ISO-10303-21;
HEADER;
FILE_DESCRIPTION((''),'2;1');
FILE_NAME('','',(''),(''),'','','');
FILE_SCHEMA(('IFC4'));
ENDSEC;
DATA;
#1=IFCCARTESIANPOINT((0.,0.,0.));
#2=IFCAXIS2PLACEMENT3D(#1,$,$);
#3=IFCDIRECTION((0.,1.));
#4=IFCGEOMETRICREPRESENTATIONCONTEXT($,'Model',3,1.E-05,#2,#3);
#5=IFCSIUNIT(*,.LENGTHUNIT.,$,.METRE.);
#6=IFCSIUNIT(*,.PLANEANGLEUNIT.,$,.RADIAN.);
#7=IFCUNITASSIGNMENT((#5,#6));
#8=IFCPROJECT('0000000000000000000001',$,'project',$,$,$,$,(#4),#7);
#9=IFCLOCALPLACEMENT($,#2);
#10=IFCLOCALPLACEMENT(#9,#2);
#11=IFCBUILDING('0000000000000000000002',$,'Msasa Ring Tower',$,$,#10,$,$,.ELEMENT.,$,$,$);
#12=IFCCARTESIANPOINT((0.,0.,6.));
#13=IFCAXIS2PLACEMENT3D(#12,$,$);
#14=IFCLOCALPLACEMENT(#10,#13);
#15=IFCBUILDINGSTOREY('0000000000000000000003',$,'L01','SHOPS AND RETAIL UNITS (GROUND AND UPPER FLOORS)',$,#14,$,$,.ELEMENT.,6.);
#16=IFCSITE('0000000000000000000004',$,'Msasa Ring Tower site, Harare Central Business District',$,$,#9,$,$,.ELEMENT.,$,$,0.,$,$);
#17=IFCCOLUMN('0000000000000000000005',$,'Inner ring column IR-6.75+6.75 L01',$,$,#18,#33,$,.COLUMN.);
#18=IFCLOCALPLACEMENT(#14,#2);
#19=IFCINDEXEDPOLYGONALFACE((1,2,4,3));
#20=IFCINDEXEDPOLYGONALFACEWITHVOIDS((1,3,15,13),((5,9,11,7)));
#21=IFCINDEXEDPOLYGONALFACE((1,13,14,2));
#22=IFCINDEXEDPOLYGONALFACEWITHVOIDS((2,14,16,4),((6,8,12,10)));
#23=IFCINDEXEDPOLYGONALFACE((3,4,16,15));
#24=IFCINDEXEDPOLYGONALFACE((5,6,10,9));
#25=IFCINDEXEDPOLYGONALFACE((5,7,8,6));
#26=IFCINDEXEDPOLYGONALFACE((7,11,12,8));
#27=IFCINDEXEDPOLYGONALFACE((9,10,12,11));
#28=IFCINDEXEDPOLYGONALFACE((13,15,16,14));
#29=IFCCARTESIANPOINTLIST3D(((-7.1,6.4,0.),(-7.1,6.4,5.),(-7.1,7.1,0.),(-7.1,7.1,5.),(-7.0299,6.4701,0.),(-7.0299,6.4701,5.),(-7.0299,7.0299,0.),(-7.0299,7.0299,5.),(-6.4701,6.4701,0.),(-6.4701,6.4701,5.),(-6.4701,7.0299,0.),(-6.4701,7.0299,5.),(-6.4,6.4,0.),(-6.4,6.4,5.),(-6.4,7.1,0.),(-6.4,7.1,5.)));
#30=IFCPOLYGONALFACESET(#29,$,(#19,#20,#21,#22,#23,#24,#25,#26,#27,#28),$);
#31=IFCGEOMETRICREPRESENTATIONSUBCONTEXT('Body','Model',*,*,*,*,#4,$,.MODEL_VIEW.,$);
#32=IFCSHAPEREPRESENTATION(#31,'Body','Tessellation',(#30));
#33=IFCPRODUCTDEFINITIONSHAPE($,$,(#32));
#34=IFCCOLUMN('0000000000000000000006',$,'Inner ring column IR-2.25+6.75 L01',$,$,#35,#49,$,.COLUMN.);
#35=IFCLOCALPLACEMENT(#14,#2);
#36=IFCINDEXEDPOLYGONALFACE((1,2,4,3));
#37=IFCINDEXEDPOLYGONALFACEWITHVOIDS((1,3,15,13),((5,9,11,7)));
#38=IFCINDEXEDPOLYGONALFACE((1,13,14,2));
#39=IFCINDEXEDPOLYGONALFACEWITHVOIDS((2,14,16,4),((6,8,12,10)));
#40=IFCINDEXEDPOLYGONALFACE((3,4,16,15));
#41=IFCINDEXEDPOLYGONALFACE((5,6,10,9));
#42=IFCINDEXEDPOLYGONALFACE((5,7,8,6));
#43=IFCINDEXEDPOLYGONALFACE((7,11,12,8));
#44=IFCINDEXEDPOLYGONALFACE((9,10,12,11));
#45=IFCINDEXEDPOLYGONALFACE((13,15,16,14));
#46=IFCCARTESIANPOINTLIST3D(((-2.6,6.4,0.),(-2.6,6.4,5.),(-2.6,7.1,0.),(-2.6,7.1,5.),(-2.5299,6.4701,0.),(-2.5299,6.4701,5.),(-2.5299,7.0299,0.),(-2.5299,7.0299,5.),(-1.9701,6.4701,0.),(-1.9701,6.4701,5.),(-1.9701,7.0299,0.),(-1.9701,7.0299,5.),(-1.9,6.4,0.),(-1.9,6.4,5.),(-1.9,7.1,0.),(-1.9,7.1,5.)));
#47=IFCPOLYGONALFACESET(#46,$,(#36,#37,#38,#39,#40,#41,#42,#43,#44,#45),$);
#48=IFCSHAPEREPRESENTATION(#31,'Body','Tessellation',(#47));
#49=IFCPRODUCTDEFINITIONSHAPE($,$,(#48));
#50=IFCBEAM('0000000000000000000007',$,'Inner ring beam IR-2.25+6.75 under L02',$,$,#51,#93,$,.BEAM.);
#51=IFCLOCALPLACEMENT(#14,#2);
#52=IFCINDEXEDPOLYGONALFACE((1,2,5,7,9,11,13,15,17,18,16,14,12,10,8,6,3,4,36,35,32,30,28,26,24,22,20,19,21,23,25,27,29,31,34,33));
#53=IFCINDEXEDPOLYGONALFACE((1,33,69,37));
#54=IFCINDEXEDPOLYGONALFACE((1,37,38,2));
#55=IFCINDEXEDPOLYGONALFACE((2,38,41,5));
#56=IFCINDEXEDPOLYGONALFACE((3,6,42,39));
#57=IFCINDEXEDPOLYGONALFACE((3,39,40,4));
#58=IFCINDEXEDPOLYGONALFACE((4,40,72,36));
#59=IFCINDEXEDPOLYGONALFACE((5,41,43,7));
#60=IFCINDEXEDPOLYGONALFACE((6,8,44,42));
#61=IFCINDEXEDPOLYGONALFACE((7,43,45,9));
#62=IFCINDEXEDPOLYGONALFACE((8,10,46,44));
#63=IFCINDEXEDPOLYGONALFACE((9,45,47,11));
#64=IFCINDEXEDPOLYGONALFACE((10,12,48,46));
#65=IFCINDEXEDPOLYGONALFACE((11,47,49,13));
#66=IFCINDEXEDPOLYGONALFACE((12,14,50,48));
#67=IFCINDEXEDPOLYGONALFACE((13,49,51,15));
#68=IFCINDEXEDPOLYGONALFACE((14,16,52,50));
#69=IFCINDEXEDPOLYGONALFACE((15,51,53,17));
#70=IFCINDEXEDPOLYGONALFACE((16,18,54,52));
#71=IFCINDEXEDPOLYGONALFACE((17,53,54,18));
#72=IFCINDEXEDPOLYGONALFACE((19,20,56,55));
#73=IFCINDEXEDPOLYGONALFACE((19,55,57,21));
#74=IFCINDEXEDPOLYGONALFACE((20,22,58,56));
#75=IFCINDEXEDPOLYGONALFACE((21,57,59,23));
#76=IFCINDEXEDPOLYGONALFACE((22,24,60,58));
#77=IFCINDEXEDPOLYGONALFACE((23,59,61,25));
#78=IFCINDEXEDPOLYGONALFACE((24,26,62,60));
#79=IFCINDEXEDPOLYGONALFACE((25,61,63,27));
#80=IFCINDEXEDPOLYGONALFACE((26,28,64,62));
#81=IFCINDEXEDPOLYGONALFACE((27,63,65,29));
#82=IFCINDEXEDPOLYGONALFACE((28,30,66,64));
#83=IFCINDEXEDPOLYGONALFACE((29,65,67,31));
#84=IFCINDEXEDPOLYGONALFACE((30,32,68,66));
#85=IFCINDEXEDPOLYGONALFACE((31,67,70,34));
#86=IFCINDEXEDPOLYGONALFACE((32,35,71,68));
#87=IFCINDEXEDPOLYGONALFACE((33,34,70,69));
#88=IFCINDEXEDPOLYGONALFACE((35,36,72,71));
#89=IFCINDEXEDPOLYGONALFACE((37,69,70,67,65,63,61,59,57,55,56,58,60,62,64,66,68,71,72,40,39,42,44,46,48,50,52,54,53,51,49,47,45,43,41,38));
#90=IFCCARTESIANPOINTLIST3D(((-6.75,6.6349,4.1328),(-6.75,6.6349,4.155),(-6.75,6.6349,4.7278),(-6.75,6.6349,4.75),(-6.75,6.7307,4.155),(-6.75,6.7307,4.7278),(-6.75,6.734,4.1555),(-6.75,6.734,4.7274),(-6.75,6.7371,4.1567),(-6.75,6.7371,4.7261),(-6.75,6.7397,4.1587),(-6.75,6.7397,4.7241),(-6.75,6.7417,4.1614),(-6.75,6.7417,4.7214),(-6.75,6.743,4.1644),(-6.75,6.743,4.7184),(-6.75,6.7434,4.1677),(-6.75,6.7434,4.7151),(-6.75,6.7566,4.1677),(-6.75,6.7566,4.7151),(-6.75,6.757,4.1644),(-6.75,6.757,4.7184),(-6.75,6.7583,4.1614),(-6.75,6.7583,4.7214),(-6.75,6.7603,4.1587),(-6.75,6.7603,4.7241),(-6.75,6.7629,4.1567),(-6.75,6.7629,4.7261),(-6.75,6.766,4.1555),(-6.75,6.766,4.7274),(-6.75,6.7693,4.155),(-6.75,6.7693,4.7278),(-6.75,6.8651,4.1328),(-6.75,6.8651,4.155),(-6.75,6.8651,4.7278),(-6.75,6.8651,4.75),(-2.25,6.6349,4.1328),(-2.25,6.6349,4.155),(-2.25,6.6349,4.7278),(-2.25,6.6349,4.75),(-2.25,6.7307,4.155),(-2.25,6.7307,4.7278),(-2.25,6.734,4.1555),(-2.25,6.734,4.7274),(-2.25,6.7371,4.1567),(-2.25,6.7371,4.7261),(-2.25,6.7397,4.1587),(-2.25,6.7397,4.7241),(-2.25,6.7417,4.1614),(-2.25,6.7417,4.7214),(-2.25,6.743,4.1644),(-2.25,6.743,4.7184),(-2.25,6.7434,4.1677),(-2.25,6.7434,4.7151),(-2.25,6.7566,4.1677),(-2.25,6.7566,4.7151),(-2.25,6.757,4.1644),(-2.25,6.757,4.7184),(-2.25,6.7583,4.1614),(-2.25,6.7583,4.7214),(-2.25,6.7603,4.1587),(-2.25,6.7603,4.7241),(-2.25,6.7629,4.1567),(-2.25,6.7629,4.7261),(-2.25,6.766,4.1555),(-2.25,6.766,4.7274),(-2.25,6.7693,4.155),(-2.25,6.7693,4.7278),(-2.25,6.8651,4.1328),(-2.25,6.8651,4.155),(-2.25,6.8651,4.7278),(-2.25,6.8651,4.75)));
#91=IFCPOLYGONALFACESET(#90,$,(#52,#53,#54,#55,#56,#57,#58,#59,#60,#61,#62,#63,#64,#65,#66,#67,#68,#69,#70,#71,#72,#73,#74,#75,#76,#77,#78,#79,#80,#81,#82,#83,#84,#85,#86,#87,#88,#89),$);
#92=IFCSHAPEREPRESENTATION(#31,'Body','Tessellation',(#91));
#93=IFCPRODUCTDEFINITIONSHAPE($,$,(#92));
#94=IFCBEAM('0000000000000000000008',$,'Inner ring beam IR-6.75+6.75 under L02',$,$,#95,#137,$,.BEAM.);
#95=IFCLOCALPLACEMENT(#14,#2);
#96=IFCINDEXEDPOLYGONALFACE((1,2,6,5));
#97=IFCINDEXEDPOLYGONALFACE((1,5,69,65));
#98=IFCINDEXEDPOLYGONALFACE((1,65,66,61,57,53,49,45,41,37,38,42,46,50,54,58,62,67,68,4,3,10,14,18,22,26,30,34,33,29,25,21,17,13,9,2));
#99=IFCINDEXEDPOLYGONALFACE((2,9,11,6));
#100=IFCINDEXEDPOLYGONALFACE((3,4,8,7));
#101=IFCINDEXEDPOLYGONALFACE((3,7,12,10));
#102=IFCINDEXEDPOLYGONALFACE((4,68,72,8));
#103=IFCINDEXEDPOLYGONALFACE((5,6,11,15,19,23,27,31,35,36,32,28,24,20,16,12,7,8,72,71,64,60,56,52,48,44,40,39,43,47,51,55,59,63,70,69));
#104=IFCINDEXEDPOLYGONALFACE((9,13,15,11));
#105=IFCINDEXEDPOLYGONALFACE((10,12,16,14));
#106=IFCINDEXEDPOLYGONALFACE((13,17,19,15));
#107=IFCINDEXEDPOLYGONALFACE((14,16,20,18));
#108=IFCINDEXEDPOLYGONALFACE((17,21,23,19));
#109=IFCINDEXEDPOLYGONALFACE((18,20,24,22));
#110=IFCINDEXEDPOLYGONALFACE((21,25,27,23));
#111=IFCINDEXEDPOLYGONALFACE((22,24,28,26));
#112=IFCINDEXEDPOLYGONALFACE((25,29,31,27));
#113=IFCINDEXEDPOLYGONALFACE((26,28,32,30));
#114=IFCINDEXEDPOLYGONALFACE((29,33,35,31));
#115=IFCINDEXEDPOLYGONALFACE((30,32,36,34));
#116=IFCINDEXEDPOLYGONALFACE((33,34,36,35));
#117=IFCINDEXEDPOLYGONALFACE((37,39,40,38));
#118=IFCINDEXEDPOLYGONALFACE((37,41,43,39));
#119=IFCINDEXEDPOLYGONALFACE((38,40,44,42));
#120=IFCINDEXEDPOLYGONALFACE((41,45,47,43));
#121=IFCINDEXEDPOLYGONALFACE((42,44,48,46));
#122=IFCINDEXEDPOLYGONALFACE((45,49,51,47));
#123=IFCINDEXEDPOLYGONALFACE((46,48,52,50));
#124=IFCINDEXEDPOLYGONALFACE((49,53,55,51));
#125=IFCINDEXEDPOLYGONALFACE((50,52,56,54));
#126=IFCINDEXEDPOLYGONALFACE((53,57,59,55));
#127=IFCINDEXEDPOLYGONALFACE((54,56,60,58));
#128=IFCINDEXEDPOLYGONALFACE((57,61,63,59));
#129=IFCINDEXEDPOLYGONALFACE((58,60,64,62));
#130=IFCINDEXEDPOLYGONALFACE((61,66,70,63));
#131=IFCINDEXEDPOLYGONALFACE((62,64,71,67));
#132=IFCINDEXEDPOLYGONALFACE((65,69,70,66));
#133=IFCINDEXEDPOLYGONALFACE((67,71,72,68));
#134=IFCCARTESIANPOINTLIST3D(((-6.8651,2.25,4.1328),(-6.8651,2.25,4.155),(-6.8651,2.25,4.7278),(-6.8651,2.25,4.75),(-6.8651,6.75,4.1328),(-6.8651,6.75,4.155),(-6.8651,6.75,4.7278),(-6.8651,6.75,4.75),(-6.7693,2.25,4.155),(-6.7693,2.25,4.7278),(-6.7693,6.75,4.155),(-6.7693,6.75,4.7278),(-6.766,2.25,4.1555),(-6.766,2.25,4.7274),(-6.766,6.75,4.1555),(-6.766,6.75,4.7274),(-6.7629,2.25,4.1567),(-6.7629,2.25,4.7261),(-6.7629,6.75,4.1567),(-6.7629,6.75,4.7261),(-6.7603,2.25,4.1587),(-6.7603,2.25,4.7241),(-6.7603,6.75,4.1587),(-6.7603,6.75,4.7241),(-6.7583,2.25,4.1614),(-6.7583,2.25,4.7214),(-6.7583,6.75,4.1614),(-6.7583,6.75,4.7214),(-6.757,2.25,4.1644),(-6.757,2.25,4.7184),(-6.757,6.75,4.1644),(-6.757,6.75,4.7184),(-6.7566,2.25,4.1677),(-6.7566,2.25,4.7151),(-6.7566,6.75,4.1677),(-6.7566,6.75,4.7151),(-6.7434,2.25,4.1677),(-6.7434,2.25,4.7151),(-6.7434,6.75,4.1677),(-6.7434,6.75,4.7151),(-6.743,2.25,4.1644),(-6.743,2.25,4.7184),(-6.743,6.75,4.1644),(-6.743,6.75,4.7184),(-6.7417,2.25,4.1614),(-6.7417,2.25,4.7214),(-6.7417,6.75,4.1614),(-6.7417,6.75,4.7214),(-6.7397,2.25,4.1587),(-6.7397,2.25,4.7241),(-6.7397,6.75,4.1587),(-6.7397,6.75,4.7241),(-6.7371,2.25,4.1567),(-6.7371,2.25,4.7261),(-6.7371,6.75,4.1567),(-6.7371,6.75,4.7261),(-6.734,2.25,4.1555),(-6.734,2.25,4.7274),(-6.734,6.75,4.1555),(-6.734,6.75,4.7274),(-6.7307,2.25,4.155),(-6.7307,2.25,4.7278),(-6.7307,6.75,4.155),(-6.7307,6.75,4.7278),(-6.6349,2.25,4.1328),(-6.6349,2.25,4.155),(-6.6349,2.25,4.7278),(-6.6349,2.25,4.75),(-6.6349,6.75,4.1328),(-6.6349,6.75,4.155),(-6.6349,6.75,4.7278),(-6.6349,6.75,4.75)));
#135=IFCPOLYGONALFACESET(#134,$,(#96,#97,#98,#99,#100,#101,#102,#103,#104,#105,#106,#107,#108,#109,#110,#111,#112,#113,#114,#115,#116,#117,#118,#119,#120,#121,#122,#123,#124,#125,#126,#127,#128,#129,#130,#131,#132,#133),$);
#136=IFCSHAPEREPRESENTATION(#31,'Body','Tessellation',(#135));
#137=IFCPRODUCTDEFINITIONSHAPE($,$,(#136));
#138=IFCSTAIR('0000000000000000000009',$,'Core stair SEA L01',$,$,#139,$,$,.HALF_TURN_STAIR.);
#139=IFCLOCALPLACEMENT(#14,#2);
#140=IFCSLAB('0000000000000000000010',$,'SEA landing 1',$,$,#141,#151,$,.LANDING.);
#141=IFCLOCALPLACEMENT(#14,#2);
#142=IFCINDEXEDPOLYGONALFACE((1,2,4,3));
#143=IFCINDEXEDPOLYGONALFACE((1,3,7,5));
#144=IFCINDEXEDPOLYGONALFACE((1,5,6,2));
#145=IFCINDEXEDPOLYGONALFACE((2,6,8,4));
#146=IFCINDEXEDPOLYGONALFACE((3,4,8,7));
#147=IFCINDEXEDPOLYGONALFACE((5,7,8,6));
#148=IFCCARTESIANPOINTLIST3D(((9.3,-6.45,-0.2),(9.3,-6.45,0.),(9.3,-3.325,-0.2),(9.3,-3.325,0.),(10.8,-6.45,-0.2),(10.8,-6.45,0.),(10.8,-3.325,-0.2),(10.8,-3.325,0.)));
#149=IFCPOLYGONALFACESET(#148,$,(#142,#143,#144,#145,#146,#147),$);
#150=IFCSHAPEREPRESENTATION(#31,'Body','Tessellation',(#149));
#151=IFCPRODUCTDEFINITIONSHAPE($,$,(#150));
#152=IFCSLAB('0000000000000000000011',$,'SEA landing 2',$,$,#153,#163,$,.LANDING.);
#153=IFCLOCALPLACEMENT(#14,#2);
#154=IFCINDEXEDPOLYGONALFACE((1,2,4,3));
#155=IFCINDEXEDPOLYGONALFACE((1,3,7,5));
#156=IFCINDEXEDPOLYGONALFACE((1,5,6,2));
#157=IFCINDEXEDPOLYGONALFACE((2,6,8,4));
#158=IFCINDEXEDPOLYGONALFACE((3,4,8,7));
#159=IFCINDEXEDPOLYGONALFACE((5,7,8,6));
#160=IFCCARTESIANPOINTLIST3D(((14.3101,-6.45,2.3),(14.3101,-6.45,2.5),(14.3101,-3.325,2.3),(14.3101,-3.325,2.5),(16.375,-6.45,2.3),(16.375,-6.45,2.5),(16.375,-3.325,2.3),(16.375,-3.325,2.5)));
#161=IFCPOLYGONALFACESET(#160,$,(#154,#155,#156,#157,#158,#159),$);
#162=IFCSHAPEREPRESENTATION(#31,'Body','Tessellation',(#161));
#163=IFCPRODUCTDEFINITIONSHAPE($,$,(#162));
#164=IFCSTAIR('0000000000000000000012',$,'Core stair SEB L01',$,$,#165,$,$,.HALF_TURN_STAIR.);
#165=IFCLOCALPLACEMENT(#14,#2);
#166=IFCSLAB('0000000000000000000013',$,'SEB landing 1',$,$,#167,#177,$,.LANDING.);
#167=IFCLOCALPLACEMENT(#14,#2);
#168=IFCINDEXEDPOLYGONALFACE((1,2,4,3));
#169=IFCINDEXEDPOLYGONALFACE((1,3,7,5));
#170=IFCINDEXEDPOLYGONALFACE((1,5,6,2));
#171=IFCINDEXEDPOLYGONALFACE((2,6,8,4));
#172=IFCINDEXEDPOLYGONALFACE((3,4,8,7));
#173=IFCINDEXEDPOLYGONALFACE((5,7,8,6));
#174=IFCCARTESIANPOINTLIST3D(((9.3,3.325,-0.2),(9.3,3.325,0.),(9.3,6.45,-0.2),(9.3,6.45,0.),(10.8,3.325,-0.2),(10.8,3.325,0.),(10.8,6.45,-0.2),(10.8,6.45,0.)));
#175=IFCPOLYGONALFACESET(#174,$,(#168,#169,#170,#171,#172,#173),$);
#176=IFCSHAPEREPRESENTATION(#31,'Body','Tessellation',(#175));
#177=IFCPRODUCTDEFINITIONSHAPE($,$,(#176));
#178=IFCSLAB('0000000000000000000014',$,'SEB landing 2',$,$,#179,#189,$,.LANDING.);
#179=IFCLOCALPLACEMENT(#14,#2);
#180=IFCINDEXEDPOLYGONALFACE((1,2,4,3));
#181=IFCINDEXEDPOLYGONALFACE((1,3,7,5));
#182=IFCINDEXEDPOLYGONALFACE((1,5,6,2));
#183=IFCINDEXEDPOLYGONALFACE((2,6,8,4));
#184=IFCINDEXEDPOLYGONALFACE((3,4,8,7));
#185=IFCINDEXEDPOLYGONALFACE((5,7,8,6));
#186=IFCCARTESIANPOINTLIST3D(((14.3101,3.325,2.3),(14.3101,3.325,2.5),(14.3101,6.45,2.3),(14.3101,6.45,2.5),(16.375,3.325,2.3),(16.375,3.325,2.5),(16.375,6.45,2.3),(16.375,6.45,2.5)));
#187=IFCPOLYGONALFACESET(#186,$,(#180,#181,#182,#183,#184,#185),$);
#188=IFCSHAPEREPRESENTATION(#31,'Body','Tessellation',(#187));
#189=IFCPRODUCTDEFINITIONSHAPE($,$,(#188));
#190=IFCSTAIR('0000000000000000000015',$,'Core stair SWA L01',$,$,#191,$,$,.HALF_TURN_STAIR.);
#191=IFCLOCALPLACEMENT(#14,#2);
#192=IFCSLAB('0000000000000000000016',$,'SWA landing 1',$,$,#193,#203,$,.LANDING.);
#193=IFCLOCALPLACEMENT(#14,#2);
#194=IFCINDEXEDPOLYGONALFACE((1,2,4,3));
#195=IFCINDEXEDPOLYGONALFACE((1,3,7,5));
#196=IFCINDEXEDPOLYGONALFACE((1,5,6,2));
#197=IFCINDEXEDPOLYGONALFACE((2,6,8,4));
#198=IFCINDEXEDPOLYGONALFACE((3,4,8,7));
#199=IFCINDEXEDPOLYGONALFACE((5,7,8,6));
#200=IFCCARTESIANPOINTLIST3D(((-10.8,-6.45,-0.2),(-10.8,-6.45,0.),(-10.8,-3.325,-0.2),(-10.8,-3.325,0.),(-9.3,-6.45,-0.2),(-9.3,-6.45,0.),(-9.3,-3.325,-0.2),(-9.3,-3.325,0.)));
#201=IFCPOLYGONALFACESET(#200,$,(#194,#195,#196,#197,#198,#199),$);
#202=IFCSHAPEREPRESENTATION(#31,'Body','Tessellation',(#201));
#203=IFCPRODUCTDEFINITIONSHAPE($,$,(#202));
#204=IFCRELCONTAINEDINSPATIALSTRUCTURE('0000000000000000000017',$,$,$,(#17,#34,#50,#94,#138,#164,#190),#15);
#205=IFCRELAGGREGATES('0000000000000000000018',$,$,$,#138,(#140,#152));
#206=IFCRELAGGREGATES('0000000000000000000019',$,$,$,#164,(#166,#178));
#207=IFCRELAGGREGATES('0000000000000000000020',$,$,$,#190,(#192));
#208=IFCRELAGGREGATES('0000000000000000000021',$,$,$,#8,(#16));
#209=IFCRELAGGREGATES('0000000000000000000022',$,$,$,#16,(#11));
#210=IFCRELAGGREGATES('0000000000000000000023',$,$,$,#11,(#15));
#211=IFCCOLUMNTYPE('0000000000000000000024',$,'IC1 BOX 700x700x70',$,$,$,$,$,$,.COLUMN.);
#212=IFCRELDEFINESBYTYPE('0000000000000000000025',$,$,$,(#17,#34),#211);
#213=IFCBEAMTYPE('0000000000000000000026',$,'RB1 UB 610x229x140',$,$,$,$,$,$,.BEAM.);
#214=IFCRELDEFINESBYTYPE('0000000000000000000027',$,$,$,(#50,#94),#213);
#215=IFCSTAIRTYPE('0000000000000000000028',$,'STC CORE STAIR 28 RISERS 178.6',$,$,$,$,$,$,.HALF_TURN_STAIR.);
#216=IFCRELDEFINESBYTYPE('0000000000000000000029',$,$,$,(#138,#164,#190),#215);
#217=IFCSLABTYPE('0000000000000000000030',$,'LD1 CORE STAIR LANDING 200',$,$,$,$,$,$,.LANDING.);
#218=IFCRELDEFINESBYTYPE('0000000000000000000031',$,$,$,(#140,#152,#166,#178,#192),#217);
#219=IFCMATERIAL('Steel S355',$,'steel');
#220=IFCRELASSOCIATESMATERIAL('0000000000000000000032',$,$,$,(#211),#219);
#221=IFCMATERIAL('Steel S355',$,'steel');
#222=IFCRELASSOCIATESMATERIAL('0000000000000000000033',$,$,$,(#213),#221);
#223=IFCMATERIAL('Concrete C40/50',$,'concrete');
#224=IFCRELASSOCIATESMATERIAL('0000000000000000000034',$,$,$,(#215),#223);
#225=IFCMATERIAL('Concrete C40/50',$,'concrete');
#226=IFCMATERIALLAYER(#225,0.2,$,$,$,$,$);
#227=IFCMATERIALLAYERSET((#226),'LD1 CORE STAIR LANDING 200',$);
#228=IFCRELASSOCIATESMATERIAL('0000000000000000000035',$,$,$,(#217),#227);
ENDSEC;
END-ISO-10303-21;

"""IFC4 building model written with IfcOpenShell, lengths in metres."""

from ifc_helpers import new_model, si_unit, direction, frame, origin, origin_2d, place, context, subcontext, project, spatial, polyline, hollow_rectangle, i_section, outline, extrude, material, layer, layer_set, material_profile, profile_set, type_object, element, aggregate, save


model = new_model("IFC4")

# Units and contexts
model_context = context("Model", 3, precision=1e-05, world=origin(), true_north=direction((0.0, 1.0)))
body_context = subcontext(model_context, "Body", "Model", "MODEL_VIEW")
ifc_project = project(units=[si_unit("LENGTHUNIT", "METRE"), si_unit("PLANEANGLEUNIT", "RADIAN")], contexts=[model_context])

# Site, building, storey
site_placement = place(None, origin())
site = spatial("IfcSite", under=ifc_project, at=site_placement, Name="Msasa Ring Tower site, Harare Central Business District", CompositionType="ELEMENT", RefElevation=0.0)
building_placement = place(site_placement, origin())
building = spatial("IfcBuilding", under=site, at=building_placement, Name="Msasa Ring Tower", CompositionType="ELEMENT")
storey_placement = place(building_placement, frame((0.0, 0.0, 6.0)))
storey = spatial("IfcBuildingStorey", under=building, at=storey_placement, Name="L01", Description="SHOPS AND RETAIL UNITS (GROUND AND UPPER FLOORS)", CompositionType="ELEMENT", Elevation=6.0)

# Columns
ifc_material_1 = material(Name="Steel S355", Category="steel")
ifc_material_profile_1 = material_profile(ifc_material_1, hollow_rectangle(XDim=0.7, YDim=0.7, WallThickness=0.0701, at=origin_2d()), Name="BOX 700x700x70")
ifc_profile_set_1 = profile_set([ifc_material_profile_1], Name="Steel S355")
column_type = type_object("IfcColumnType", Name="IC1 BOX 700x700x70", PredefinedType="COLUMN", material=ifc_profile_set_1)
for number, where, z_axis, x_axis, name in (
    (1, (-6.75, 6.75, 0.0), (0.0, 0.0, 1.0), (1.0, 0.0, 0.0), "Inner ring column IR-6.75+6.75 L01"),
    (2, (-2.25, 6.75, 0.0), (0.0, 0.0, 1.0), (1.0, 0.0, 0.0), "Inner ring column IR-2.25+6.75 L01"),
):
    element("IfcColumn", number, at=place(storey_placement, frame(where, z_axis=z_axis, x_axis=x_axis)), inside=storey, type_object=column_type, Name=name, PredefinedType="COLUMN", context=body_context, shape_type="SweptSolid", body=[
        extrude(hollow_rectangle(XDim=0.7, YDim=0.7, WallThickness=0.0701, at=origin_2d()), origin(), (0.0, 0.0, 1.0), 5.0),
    ])

# Beams
ifc_material_2 = material(Name="Steel S355", Category="steel")
ifc_material_profile_2 = material_profile(ifc_material_2, i_section(OverallWidth=0.2302, OverallDepth=0.6172, WebThickness=0.0132, FlangeThickness=0.0222, FilletRadius=0.0127, at=origin_2d()), Name="UB 610x229x140")
ifc_profile_set_2 = profile_set([ifc_material_profile_2], Name="Steel S355")
beam_type = type_object("IfcBeamType", Name="RB1 UB 610x229x140", PredefinedType="BEAM", material=ifc_profile_set_2)
for number, where, z_axis, x_axis, name in (
    (3, (-2.25, 6.75, 4.4414), (-1.0, 0.0, 0.0), (0.0, -1.0, 0.0), "Inner ring beam IR-2.25+6.75 under L02"),
    (4, (-6.75, 6.75, 4.4414), (0.0, -1.0, 0.0), (1.0, 0.0, 0.0), "Inner ring beam IR-6.75+6.75 under L02"),
):
    element("IfcBeam", number, at=place(storey_placement, frame(where, z_axis=z_axis, x_axis=x_axis)), inside=storey, type_object=beam_type, Name=name, PredefinedType="BEAM", context=body_context, shape_type="SweptSolid", body=[
        extrude(i_section(OverallWidth=0.2302, OverallDepth=0.6172, WebThickness=0.0132, FlangeThickness=0.0222, FilletRadius=0.0127, at=origin_2d()), origin(), (0.0, 0.0, 1.0), 4.5),
    ])

# Stairs, slabs
ifc_material_3 = material(Name="Concrete C40/50", Category="concrete")
stair_type_1 = type_object("IfcStairType", Name="STC CORE STAIR 28 RISERS 178.6", PredefinedType="HALF_TURN_STAIR", material=ifc_material_3)
stair_1_placement = place(storey_placement, origin())
stair_1 = element("IfcStair", 5, at=stair_1_placement, inside=storey, type_object=stair_type_1, Name="Core stair SEA L01", PredefinedType="HALF_TURN_STAIR")
ifc_material_4 = material(Name="Concrete C40/50", Category="concrete")
ifc_layer_1 = layer(ifc_material_4, 0.2)
ifc_layer_set_1 = layer_set([ifc_layer_1], Name="LD1 CORE STAIR LANDING 200")
slab_type_1 = type_object("IfcSlabType", Name="LD1 CORE STAIR LANDING 200", PredefinedType="LANDING", material=ifc_layer_set_1)
slab_1_placement = place(storey_placement, frame((0.0, 0.0, -0.2)))
slab_1 = element("IfcSlab", 6, at=slab_1_placement, type_object=slab_type_1, Name="SEA landing 1", PredefinedType="LANDING", context=body_context, shape_type="SweptSolid", body=[
    extrude(outline(polyline([(9.3, -6.45), (10.8, -6.45), (10.8, -3.325), (9.3, -3.325), (9.3, -6.45)])), origin(), (0.0, 0.0, 1.0), 0.2),
])
slab_2_placement = place(storey_placement, frame((0.0, 0.0, 2.3)))
slab_2 = element("IfcSlab", 7, at=slab_2_placement, type_object=slab_type_1, Name="SEA landing 2", PredefinedType="LANDING", context=body_context, shape_type="SweptSolid", body=[
    extrude(outline(polyline([(14.3101, -6.45), (16.375, -6.45), (16.375, -3.325), (14.3101, -3.325), (14.3101, -6.45)])), origin(), (0.0, 0.0, 1.0), 0.2),
])
aggregate(stair_1, [slab_1, slab_2])
stair_2_placement = place(storey_placement, origin())
stair_2 = element("IfcStair", 8, at=stair_2_placement, inside=storey, type_object=stair_type_1, Name="Core stair SEB L01", PredefinedType="HALF_TURN_STAIR")
slab_3_placement = place(storey_placement, frame((0.0, 0.0, -0.2)))
slab_3 = element("IfcSlab", 9, at=slab_3_placement, type_object=slab_type_1, Name="SEB landing 1", PredefinedType="LANDING", context=body_context, shape_type="SweptSolid", body=[
    extrude(outline(polyline([(9.3, 3.325), (10.8, 3.325), (10.8, 6.45), (9.3, 6.45), (9.3, 3.325)])), origin(), (0.0, 0.0, 1.0), 0.2),
])
slab_4_placement = place(storey_placement, frame((0.0, 0.0, 2.3)))
slab_4 = element("IfcSlab", 10, at=slab_4_placement, type_object=slab_type_1, Name="SEB landing 2", PredefinedType="LANDING", context=body_context, shape_type="SweptSolid", body=[
    extrude(outline(polyline([(14.3101, 3.325), (16.375, 3.325), (16.375, 6.45), (14.3101, 6.45), (14.3101, 3.325)])), origin(), (0.0, 0.0, 1.0), 0.2),
])
aggregate(stair_2, [slab_3, slab_4])
stair_3_placement = place(storey_placement, origin())
stair_3 = element("IfcStair", 11, at=stair_3_placement, inside=storey, type_object=stair_type_1, Name="Core stair SWA L01", PredefinedType="HALF_TURN_STAIR")
slab_5_placement = place(storey_placement, frame((0.0, 0.0, -0.2)))
slab_5 = element("IfcSlab", 12, at=slab_5_placement, type_object=slab_type_1, Name="SWA landing 1", PredefinedType="LANDING", context=body_context, shape_type="SweptSolid", body=[
    extrude(outline(polyline([(-10.8, -6.45), (-9.3, -6.45), (-9.3, -3.325), (-10.8, -3.325), (-10.8, -6.45)])), origin(), (0.0, 0.0, 1.0), 0.2),
])
aggregate(stair_3, [slab_5])

save(model, "model.ifc")
